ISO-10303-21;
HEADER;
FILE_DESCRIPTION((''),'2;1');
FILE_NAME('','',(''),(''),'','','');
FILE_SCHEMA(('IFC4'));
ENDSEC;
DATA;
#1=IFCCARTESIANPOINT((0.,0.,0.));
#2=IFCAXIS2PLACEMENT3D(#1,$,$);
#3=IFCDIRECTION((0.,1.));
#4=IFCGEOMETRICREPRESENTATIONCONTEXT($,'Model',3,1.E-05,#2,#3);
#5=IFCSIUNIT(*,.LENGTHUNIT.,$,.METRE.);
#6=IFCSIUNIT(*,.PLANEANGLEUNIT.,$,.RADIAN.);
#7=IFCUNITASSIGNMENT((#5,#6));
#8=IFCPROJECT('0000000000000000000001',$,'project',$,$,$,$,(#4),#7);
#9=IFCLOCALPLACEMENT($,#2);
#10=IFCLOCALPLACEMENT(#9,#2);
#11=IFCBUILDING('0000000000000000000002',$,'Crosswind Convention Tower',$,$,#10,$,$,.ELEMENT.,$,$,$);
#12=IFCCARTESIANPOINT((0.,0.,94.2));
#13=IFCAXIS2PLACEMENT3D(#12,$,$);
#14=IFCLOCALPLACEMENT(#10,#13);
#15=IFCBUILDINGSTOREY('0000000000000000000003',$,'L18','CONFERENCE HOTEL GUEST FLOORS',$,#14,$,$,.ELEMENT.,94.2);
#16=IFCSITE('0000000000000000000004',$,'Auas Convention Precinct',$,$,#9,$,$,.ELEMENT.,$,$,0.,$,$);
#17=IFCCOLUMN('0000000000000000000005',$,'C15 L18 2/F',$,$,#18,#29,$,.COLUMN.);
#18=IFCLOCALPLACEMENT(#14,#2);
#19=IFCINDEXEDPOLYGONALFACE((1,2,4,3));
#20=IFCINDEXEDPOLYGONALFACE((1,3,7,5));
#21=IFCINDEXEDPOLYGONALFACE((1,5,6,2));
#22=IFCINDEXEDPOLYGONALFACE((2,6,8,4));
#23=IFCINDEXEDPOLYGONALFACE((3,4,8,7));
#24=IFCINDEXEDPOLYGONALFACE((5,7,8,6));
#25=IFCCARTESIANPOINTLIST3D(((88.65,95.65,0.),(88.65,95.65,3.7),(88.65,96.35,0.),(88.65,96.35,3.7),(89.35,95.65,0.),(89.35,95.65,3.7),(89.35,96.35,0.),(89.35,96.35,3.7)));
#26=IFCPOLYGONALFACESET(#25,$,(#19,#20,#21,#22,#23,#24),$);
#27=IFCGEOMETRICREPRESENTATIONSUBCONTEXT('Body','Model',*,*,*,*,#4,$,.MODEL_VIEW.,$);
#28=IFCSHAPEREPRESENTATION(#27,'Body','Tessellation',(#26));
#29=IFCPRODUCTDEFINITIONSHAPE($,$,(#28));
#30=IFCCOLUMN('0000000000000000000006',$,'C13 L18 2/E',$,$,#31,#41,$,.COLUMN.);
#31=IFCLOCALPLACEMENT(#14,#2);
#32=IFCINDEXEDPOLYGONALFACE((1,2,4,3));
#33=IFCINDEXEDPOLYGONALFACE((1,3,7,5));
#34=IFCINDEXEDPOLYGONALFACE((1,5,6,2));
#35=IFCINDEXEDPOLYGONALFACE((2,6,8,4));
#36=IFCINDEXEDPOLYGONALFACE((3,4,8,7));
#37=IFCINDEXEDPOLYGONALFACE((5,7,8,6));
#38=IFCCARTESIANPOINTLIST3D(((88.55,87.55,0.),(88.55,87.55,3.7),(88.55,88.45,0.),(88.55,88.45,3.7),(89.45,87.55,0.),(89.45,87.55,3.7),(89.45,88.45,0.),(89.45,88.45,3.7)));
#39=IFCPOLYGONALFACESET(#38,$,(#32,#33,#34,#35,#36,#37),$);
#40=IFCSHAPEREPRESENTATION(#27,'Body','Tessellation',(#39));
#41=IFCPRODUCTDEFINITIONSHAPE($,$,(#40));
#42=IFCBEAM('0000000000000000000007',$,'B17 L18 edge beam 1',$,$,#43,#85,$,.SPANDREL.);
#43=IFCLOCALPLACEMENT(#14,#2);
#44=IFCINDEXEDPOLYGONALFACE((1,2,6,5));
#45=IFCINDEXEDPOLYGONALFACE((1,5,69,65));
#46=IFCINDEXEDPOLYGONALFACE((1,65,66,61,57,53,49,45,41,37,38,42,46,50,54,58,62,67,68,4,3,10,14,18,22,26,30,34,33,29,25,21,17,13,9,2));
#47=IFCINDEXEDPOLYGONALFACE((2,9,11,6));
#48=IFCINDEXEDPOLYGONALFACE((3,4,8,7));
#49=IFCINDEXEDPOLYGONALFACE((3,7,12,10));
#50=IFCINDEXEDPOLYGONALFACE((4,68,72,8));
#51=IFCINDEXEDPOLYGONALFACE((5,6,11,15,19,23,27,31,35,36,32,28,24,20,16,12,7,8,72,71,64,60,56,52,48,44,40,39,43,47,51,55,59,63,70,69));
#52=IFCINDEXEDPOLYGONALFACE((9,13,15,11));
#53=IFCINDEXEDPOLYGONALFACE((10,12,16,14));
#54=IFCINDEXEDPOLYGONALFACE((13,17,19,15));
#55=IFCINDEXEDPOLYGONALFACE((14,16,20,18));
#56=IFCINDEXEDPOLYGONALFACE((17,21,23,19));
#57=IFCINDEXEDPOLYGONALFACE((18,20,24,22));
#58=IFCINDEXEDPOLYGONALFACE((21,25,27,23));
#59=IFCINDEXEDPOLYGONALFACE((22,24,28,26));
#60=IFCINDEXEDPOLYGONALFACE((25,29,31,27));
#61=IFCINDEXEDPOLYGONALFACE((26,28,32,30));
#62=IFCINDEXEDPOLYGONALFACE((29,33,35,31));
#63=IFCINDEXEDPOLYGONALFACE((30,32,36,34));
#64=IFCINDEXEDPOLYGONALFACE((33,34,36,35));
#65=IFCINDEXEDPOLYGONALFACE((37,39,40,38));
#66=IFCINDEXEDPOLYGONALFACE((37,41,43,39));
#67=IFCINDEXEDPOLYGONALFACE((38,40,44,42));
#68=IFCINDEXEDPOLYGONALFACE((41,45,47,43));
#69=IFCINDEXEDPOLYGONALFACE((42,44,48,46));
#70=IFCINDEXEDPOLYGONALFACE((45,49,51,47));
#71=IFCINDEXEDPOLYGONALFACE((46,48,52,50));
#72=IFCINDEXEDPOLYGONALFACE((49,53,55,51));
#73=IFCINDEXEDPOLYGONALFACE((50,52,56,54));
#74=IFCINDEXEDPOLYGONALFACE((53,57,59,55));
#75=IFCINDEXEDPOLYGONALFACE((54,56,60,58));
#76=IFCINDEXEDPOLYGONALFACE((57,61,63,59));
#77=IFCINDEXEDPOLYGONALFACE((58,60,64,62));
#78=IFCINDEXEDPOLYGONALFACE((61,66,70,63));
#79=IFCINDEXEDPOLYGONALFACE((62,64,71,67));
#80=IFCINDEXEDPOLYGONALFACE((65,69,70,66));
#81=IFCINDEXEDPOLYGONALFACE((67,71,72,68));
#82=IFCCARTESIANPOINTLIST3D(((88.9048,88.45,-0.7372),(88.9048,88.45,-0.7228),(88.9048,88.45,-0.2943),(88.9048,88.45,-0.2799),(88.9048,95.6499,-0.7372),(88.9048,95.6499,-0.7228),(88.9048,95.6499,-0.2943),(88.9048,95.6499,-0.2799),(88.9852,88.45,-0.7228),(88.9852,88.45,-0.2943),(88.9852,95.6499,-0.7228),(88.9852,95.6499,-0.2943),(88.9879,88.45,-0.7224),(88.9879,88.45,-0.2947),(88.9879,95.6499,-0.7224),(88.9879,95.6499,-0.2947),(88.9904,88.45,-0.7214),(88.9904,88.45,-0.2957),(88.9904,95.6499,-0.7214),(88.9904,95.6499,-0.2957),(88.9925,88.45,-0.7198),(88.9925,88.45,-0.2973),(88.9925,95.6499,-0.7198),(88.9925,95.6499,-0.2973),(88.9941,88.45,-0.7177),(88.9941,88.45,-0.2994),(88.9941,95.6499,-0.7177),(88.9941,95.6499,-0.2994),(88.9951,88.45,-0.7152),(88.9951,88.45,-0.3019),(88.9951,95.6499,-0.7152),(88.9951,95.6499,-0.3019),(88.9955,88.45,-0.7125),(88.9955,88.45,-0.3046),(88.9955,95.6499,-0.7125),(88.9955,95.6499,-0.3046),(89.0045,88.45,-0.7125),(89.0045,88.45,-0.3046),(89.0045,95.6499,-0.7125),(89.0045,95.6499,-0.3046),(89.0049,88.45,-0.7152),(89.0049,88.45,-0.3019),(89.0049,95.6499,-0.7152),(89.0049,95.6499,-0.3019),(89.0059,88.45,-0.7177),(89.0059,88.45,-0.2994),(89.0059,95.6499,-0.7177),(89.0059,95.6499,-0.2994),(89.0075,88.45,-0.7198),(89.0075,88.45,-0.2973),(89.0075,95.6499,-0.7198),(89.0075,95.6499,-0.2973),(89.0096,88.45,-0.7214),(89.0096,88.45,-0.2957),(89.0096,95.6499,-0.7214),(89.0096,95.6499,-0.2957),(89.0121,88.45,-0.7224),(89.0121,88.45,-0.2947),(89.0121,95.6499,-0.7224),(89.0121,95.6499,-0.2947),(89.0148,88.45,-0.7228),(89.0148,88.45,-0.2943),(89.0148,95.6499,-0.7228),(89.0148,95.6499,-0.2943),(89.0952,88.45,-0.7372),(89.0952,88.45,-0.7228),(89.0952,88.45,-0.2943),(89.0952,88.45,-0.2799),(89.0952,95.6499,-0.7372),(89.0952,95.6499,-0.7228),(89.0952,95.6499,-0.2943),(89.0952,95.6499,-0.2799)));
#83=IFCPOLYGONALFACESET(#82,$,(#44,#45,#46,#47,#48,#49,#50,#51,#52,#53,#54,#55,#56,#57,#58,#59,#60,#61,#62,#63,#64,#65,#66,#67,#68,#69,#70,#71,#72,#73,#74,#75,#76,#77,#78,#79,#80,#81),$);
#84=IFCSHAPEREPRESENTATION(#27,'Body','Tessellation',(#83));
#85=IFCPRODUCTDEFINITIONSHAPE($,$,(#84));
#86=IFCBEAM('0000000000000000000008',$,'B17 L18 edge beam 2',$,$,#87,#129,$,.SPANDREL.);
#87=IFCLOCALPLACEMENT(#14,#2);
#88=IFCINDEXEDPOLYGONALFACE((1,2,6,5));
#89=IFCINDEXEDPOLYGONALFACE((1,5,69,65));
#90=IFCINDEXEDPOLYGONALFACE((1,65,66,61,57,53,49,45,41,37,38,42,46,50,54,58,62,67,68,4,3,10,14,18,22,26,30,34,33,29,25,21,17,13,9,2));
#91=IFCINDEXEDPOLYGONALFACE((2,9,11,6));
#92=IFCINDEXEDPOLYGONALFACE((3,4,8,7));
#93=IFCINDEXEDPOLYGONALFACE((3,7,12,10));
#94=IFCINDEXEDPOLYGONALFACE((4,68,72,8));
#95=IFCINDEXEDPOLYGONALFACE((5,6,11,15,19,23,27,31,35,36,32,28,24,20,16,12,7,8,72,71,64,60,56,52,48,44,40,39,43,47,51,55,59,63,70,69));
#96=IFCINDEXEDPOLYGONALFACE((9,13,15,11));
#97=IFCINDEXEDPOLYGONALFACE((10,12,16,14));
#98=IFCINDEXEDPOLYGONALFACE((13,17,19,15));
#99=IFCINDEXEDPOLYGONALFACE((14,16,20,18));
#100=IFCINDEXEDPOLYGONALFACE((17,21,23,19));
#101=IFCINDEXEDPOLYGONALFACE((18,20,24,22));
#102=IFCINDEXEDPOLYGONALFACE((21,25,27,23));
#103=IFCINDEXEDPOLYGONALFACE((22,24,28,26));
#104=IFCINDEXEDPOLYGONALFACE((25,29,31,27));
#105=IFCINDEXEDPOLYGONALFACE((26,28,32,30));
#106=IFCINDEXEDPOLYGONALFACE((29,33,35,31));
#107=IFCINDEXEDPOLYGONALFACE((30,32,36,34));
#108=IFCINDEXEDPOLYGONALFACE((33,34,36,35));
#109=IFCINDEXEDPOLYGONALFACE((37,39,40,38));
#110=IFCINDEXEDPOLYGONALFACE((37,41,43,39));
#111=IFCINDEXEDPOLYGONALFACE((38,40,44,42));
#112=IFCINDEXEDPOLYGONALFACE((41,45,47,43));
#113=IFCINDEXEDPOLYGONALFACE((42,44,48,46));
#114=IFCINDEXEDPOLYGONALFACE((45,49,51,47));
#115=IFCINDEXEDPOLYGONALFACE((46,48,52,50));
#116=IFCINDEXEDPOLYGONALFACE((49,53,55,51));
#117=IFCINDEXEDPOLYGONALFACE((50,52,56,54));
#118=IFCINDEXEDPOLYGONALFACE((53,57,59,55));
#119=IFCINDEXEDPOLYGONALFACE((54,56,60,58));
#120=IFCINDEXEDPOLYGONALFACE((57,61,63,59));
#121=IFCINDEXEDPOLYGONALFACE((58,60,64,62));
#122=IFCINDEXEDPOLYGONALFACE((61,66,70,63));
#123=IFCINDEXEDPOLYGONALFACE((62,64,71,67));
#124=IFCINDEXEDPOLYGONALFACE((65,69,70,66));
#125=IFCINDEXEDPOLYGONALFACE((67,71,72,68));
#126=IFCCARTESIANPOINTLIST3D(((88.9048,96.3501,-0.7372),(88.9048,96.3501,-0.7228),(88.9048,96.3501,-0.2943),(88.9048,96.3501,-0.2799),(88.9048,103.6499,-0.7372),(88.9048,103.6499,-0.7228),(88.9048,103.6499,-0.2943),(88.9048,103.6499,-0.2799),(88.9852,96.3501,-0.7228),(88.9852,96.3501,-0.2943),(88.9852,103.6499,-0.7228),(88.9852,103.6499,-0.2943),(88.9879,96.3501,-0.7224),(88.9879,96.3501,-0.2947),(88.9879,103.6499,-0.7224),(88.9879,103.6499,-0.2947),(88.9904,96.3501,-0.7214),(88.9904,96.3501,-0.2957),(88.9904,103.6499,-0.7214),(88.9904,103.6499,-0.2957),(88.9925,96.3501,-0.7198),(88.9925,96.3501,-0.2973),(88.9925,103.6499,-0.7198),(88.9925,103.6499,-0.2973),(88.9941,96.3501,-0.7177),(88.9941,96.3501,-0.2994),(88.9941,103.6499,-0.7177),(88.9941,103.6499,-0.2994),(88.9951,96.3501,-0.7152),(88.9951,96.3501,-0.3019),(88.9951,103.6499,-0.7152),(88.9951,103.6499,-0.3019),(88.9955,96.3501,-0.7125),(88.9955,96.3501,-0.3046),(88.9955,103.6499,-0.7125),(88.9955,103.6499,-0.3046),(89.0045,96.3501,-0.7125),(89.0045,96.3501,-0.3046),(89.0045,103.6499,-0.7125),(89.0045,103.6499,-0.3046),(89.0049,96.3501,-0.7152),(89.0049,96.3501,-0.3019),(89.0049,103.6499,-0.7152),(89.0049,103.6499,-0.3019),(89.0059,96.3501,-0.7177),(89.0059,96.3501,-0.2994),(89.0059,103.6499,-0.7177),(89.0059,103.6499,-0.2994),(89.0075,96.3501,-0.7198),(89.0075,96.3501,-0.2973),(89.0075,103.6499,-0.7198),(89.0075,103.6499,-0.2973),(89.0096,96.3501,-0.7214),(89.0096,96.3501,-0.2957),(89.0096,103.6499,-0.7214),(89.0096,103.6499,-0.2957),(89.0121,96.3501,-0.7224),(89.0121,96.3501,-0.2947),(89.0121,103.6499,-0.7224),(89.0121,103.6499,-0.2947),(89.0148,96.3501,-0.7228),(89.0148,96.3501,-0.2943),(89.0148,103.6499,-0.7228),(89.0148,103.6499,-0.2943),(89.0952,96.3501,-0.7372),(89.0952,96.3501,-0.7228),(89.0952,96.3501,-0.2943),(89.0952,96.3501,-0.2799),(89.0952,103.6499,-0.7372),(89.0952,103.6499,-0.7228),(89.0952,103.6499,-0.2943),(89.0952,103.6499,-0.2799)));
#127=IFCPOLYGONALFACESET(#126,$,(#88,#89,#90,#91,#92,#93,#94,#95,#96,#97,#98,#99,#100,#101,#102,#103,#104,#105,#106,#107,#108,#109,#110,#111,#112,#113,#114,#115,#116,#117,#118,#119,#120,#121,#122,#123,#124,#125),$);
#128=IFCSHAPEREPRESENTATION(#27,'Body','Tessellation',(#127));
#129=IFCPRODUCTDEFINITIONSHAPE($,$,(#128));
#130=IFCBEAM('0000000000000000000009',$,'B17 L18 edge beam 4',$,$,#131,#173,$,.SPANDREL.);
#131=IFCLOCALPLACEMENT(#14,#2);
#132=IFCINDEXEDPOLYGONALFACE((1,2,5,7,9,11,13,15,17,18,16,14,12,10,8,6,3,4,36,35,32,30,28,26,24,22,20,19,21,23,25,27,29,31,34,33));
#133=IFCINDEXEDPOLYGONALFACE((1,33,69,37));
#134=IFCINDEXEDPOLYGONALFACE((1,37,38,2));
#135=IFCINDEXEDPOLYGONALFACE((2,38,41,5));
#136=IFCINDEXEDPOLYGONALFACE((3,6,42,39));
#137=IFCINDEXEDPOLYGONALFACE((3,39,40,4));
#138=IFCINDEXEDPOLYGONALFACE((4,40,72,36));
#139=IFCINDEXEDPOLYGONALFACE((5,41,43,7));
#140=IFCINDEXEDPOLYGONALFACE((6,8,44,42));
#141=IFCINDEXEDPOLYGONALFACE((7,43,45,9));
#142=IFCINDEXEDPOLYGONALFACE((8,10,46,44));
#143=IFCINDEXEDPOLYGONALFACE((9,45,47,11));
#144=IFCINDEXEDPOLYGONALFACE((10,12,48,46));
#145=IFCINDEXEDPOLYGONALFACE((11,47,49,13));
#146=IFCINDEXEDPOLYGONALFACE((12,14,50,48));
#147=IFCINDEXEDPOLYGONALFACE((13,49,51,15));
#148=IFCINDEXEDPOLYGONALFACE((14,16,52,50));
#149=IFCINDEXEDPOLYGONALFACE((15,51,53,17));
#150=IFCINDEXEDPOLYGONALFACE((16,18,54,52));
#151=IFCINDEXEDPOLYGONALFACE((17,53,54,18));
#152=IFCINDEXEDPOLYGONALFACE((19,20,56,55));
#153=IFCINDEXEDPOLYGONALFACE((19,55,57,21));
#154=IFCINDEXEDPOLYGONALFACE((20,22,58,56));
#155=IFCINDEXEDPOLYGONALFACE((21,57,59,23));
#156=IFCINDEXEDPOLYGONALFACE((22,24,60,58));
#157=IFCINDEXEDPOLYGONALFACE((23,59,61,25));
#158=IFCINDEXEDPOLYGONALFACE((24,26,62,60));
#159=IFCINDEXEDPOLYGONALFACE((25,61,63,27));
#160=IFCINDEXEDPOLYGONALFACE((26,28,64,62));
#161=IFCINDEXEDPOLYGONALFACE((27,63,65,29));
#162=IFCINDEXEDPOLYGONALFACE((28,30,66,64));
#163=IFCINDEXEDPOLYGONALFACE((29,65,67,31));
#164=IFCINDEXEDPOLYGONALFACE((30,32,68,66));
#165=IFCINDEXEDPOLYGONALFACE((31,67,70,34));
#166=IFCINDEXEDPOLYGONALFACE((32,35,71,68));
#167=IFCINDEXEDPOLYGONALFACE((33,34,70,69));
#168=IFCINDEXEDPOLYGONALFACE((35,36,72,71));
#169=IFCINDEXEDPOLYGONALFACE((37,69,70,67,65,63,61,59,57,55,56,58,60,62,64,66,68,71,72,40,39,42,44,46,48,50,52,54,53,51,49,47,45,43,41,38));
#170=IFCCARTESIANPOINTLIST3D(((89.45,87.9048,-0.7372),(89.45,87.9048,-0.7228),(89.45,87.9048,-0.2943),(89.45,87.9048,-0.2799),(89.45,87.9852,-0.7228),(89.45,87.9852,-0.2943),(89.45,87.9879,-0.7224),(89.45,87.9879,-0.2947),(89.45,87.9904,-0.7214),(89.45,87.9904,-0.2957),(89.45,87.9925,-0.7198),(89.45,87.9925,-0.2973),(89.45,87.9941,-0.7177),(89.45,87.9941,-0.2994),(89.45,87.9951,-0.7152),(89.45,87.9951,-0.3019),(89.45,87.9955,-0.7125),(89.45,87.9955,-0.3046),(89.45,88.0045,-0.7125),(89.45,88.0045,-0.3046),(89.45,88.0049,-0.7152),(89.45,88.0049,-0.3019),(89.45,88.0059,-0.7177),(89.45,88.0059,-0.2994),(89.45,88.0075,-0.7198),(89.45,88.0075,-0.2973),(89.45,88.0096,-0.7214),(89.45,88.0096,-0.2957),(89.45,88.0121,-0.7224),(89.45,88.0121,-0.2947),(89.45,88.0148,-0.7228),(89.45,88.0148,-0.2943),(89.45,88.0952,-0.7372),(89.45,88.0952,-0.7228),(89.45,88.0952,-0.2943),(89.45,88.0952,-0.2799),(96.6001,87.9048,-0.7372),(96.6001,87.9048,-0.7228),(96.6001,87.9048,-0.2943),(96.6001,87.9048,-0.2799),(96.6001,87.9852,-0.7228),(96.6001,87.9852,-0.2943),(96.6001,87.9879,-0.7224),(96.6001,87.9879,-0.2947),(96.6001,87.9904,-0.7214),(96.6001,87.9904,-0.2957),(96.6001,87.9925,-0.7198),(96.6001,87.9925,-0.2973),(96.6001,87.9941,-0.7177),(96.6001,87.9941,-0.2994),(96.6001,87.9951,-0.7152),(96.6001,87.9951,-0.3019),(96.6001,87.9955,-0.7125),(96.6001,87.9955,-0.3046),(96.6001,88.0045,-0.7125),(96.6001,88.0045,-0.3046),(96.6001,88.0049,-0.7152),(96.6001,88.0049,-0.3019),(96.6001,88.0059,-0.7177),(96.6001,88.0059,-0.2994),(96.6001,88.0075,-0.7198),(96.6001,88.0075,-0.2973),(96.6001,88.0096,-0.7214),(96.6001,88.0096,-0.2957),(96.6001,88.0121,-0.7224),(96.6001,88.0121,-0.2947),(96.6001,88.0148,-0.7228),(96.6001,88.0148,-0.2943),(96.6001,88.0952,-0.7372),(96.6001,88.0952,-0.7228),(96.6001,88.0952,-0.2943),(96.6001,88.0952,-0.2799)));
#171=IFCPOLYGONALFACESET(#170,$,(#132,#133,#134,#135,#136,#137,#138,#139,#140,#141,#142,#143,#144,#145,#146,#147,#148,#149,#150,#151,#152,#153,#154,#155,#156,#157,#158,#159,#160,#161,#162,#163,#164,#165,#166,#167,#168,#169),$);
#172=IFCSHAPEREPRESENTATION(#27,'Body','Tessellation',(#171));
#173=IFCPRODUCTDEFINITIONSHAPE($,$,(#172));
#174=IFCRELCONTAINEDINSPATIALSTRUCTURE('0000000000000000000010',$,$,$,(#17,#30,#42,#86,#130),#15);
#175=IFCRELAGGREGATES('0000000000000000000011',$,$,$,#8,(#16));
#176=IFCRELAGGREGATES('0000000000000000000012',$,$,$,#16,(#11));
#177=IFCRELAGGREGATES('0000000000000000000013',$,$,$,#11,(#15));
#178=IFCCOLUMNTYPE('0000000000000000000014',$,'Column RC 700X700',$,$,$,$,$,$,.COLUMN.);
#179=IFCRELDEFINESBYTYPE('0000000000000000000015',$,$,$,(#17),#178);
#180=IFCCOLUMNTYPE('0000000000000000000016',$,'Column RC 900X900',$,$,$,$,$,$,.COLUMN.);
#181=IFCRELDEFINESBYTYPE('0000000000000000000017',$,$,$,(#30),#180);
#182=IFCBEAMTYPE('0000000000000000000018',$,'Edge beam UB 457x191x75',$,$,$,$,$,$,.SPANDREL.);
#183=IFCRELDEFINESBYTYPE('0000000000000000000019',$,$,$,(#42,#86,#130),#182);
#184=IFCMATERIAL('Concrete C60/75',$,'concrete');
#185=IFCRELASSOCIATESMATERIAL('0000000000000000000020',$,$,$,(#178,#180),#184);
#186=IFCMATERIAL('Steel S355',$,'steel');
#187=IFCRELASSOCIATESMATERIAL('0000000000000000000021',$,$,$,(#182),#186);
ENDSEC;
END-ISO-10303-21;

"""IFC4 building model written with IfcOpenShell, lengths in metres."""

from ifc_helpers import new_model, si_unit, direction, frame, origin, origin_2d, place, context, subcontext, project, spatial, rectangle, i_section, extrude, material, material_profile, profile_set, type_object, element, save


model = new_model("IFC4")

# Units and contexts
model_context = context("Model", 3, precision=1e-05, world=origin(), true_north=direction((0.0, 1.0)))
body_context = subcontext(model_context, "Body", "Model", "MODEL_VIEW")
ifc_project = project(units=[si_unit("LENGTHUNIT", "METRE"), si_unit("PLANEANGLEUNIT", "RADIAN")], contexts=[model_context])

# Site, building, storey
site_placement = place(None, origin())
site = spatial("IfcSite", under=ifc_project, at=site_placement, Name="Auas Convention Precinct", CompositionType="ELEMENT", RefElevation=0.0)
building_placement = place(site_placement, origin())
building = spatial("IfcBuilding", under=site, at=building_placement, Name="Crosswind Convention Tower", CompositionType="ELEMENT")
storey_placement = place(building_placement, frame((0.0, 0.0, 94.2)))
storey = spatial("IfcBuildingStorey", under=building, at=storey_placement, Name="L18", Description="CONFERENCE HOTEL GUEST FLOORS", CompositionType="ELEMENT", Elevation=94.2)

# Columns
ifc_material_1 = material(Name="Concrete C60/75", Category="concrete")
ifc_material_profile_1 = material_profile(ifc_material_1, rectangle(XDim=0.7, YDim=0.7, at=origin_2d()), Name="RC 700X700")
ifc_profile_set_1 = profile_set([ifc_material_profile_1], Name="Concrete C60/75")
column_type_1 = type_object("IfcColumnType", Name="Column RC 700X700", PredefinedType="COLUMN", material=ifc_profile_set_1)
column_1_placement = place(storey_placement, frame((89.0, 96.0, 0.0), z_axis=(0.0, 0.0, 1.0), x_axis=(1.0, 0.0, 0.0)))
element("IfcColumn", 1, at=column_1_placement, inside=storey, type_object=column_type_1, Name="C15 L18 2/F", PredefinedType="COLUMN", context=body_context, shape_type="SweptSolid", body=[
    extrude(rectangle(XDim=0.7, YDim=0.7, at=origin_2d()), origin(), (0.0, 0.0, 1.0), 3.7),
])
ifc_material_profile_2 = material_profile(ifc_material_1, rectangle(XDim=0.8999, YDim=0.8999, at=origin_2d()), Name="RC 900X900")
ifc_profile_set_2 = profile_set([ifc_material_profile_2], Name="Concrete C60/75")
column_type_2 = type_object("IfcColumnType", Name="Column RC 900X900", PredefinedType="COLUMN", material=ifc_profile_set_2)
column_2_placement = place(storey_placement, frame((89.0, 88.0, 0.0), z_axis=(0.0, 0.0, 1.0), x_axis=(1.0, 0.0, 0.0)))
element("IfcColumn", 2, at=column_2_placement, inside=storey, type_object=column_type_2, Name="C13 L18 2/E", PredefinedType="COLUMN", context=body_context, shape_type="SweptSolid", body=[
    extrude(rectangle(XDim=0.8999, YDim=0.8999, at=origin_2d()), origin(), (0.0, 0.0, 1.0), 3.7),
])

# Beams
ifc_material_2 = material(Name="Steel S355", Category="steel")
ifc_material_profile_3 = material_profile(ifc_material_2, i_section(OverallWidth=0.1904, OverallDepth=0.4573, WebThickness=0.009, FlangeThickness=0.0144, FilletRadius=0.0103, at=origin_2d()), Name="UB 457x191x75")
ifc_profile_set_3 = profile_set([ifc_material_profile_3], Name="Steel S355")
beam_type_1 = type_object("IfcBeamType", Name="Edge beam UB 457x191x75", PredefinedType="SPANDREL", material=ifc_profile_set_3)
beam_1_placement = place(storey_placement, frame((89.0, 88.45, -0.5085), z_axis=(0.0, 1.0, 0.0), x_axis=(-1.0, 0.0, 0.0)))
element("IfcBeam", 3, at=beam_1_placement, inside=storey, type_object=beam_type_1, Name="B17 L18 edge beam 1", PredefinedType="SPANDREL", context=body_context, shape_type="SweptSolid", body=[
    extrude(i_section(OverallWidth=0.1904, OverallDepth=0.4573, WebThickness=0.009, FlangeThickness=0.0144, FilletRadius=0.0103, at=origin_2d()), origin(), (0.0, 0.0, 1.0), 7.2),
])
beam_2_placement = place(storey_placement, frame((89.0, 96.3501, -0.5085), z_axis=(0.0, 1.0, 0.0), x_axis=(-1.0, 0.0, 0.0)))
element("IfcBeam", 4, at=beam_2_placement, inside=storey, type_object=beam_type_1, Name="B17 L18 edge beam 2", PredefinedType="SPANDREL", context=body_context, shape_type="SweptSolid", body=[
    extrude(i_section(OverallWidth=0.1904, OverallDepth=0.4573, WebThickness=0.009, FlangeThickness=0.0144, FilletRadius=0.0103, at=origin_2d()), origin(), (0.0, 0.0, 1.0), 7.2998),
])
beam_3_placement = place(storey_placement, frame((89.45, 88.0, -0.5085), z_axis=(1.0, 0.0, 0.0), x_axis=(0.0, 1.0, 0.0)))
element("IfcBeam", 5, at=beam_3_placement, inside=storey, type_object=beam_type_1, Name="B17 L18 edge beam 4", PredefinedType="SPANDREL", context=body_context, shape_type="SweptSolid", body=[
    extrude(i_section(OverallWidth=0.1904, OverallDepth=0.4573, WebThickness=0.009, FlangeThickness=0.0144, FilletRadius=0.0103, at=origin_2d()), origin(), (0.0, 0.0, 1.0), 7.1501),
])

save(model, "model.ifc")
